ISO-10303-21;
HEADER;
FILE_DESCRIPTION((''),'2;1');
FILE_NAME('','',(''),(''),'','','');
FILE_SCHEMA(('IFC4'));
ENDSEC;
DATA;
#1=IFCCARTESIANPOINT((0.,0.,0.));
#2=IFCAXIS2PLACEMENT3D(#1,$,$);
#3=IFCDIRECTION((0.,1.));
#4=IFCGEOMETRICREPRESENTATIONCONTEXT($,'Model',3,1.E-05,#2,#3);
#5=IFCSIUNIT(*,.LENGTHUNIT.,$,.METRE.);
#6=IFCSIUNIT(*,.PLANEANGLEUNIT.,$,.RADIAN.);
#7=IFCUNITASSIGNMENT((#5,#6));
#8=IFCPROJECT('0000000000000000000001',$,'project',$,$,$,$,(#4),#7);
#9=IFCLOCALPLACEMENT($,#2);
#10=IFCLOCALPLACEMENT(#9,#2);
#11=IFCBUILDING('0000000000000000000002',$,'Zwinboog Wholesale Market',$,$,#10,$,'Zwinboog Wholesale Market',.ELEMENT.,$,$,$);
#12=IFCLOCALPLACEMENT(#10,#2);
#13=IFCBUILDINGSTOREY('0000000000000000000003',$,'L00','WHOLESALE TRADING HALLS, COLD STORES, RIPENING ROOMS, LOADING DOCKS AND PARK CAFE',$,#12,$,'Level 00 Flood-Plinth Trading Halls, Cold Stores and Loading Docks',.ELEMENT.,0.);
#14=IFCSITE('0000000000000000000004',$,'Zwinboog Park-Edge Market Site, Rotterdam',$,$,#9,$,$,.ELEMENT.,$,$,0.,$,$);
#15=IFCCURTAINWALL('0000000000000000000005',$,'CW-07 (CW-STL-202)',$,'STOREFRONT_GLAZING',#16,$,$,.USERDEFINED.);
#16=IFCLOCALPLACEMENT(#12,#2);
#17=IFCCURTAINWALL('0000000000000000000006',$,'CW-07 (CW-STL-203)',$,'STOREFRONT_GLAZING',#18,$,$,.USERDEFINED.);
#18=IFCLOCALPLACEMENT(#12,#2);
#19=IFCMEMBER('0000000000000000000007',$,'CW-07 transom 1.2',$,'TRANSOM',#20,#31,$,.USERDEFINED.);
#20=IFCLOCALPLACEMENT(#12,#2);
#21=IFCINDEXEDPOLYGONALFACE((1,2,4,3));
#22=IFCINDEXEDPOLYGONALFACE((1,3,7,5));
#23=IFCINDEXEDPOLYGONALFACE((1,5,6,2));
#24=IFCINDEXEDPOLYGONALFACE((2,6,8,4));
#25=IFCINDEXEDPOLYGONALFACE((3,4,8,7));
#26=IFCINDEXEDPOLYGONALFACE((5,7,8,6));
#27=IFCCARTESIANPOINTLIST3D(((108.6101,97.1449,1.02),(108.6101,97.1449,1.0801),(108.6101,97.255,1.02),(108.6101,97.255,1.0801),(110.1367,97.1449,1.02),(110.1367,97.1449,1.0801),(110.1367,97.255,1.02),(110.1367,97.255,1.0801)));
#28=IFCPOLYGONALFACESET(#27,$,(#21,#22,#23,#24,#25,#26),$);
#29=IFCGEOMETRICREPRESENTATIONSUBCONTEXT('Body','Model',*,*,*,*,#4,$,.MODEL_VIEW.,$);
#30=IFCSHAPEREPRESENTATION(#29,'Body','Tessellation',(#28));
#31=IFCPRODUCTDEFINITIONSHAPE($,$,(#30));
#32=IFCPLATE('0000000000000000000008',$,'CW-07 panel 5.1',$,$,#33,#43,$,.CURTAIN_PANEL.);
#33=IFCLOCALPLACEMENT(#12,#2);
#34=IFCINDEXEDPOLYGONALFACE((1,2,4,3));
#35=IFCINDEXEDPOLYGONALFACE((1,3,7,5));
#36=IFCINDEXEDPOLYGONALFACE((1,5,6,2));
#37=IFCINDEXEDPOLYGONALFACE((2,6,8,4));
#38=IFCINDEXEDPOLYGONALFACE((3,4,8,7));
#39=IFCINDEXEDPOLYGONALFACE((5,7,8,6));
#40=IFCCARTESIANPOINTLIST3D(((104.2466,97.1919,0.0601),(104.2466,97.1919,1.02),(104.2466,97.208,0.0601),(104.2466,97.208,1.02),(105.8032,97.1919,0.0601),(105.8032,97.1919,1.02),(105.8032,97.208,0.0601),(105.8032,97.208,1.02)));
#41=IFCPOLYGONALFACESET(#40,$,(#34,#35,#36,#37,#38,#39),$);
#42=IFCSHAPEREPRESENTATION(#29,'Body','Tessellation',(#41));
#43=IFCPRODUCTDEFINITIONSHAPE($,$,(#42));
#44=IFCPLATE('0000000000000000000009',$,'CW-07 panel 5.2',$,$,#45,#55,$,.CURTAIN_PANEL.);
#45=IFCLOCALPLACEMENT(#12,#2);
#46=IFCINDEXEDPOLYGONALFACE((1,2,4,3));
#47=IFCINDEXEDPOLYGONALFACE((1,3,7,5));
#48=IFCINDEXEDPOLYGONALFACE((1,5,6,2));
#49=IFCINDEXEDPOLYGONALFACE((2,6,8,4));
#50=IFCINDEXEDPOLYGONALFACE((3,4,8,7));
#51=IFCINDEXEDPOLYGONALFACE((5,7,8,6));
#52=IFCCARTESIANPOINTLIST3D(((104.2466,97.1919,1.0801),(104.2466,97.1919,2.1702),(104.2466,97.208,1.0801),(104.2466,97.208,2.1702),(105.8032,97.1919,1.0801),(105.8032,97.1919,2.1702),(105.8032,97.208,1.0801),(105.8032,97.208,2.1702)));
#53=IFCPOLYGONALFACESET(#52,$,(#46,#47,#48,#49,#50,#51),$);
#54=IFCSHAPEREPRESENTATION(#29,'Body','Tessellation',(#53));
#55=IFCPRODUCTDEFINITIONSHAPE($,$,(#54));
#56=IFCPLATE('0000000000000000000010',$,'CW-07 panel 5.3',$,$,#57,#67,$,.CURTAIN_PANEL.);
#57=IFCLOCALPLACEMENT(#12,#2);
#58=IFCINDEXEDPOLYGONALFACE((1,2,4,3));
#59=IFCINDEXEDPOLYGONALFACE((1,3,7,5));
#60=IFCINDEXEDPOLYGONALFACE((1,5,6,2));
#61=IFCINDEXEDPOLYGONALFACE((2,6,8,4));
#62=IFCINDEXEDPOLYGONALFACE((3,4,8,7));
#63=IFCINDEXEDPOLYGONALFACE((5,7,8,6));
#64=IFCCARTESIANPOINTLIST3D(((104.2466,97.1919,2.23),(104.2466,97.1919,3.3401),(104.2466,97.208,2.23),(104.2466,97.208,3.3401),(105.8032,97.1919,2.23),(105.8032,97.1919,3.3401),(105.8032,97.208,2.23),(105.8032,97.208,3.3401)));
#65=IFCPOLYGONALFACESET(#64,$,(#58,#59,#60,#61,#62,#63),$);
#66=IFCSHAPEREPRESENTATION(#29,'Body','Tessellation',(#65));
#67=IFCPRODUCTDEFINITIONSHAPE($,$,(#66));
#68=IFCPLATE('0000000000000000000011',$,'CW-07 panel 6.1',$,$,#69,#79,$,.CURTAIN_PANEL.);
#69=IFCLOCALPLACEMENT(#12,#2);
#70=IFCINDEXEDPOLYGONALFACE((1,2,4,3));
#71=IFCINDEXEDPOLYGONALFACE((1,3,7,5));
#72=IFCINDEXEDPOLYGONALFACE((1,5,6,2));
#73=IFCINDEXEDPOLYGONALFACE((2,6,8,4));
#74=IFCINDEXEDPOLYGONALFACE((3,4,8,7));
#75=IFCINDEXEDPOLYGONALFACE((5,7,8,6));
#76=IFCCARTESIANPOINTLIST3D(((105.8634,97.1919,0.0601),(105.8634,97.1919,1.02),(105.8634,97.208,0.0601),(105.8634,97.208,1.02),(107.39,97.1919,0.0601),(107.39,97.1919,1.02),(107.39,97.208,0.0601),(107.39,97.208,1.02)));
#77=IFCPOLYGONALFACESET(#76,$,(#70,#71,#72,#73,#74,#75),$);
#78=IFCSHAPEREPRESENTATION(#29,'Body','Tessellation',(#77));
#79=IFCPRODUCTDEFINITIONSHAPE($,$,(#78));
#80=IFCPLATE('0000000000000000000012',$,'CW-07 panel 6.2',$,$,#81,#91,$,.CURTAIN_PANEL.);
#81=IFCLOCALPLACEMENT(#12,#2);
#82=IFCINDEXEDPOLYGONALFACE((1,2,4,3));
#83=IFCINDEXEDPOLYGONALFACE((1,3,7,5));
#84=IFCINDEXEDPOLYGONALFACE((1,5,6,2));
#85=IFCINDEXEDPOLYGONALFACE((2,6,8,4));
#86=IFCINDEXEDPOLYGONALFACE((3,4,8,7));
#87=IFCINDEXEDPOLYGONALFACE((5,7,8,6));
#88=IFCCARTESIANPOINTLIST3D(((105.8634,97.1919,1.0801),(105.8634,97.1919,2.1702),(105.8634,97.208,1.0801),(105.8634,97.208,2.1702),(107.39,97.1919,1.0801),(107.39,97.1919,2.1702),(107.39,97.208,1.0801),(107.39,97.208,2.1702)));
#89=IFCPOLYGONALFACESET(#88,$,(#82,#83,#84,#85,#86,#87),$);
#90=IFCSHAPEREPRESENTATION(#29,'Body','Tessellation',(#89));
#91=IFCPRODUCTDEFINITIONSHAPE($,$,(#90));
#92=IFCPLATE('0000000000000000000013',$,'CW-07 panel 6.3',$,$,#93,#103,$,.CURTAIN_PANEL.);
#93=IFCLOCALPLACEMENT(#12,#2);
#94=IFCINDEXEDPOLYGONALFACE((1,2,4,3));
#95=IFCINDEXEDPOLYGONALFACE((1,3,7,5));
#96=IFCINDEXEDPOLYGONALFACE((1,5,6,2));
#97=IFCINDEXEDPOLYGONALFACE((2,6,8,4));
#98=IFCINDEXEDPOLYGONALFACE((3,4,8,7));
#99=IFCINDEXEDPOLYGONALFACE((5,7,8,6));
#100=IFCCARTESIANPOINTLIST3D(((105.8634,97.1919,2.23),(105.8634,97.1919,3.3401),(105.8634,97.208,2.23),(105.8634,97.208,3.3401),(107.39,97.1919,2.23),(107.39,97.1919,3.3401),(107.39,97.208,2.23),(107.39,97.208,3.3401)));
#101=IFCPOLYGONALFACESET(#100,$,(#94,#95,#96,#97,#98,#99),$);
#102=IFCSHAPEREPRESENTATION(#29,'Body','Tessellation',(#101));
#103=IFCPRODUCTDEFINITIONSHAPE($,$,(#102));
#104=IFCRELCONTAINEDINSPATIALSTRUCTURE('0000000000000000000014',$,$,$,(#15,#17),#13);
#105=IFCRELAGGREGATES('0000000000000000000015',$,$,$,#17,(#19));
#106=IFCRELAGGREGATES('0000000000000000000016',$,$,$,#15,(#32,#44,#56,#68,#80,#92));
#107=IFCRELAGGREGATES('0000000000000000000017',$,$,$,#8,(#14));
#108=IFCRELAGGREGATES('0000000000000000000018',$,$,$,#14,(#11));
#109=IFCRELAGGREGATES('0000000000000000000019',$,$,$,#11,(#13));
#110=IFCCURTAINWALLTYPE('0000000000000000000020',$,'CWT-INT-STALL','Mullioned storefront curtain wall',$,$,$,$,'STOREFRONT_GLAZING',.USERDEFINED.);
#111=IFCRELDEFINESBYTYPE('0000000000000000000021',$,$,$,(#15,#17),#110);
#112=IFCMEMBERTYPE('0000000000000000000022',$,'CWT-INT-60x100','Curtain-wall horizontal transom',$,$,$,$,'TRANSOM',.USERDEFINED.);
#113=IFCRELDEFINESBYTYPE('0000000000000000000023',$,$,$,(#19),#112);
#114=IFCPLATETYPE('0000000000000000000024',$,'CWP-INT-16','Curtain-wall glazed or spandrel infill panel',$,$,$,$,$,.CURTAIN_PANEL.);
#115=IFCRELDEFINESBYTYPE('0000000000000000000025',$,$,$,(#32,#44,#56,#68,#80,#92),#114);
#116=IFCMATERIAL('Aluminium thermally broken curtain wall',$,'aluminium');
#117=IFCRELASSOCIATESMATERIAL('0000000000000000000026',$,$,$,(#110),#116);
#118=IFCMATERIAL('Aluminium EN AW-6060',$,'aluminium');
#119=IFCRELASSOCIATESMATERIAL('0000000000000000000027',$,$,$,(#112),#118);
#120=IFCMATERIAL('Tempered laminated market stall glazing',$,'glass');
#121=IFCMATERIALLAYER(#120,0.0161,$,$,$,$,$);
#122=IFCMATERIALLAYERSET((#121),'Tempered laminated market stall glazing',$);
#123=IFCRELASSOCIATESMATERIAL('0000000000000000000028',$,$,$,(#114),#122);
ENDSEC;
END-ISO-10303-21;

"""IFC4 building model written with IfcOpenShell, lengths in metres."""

from ifc_helpers import new_model, si_unit, direction, frame, origin, origin_2d, place, context, subcontext, project, spatial, rectangle, extrude, material, layer, layer_set, material_profile, profile_set, type_object, element, aggregate, save


model = new_model("IFC4")

# Units and contexts
model_context = context("Model", 3, precision=1e-05, world=origin(), true_north=direction((0.0, 1.0)))
body_context = subcontext(model_context, "Body", "Model", "MODEL_VIEW")
ifc_project = project(units=[si_unit("LENGTHUNIT", "METRE"), si_unit("PLANEANGLEUNIT", "RADIAN")], contexts=[model_context])

# Site, building, storey
site_placement = place(None, origin())
site = spatial("IfcSite", under=ifc_project, at=site_placement, Name="Zwinboog Park-Edge Market Site, Rotterdam", CompositionType="ELEMENT", RefElevation=0.0)
building_placement = place(site_placement, origin())
building = spatial("IfcBuilding", under=site, at=building_placement, Name="Zwinboog Wholesale Market", LongName="Zwinboog Wholesale Market", CompositionType="ELEMENT")
storey_placement = place(building_placement, origin())
storey = spatial("IfcBuildingStorey", under=building, at=storey_placement, Name="L00", Description="WHOLESALE TRADING HALLS, COLD STORES, RIPENING ROOMS, LOADING DOCKS AND PARK CAFE", LongName="Level 00 Flood-Plinth Trading Halls, Cold Stores and Loading Docks", CompositionType="ELEMENT", Elevation=0.0)

# Curtain wall
ifc_material_1 = material(Name="Aluminium thermally broken curtain wall", Category="aluminium")
curtain_wall_type = type_object("IfcCurtainWallType", Name="CWT-INT-STALL", Description="Mullioned storefront curtain wall", ElementType="STOREFRONT_GLAZING", PredefinedType="USERDEFINED", material=ifc_material_1)
curtain_wall_1_placement = place(storey_placement, origin())
curtain_wall_1 = element("IfcCurtainWall", 1, at=curtain_wall_1_placement, inside=storey, type_object=curtain_wall_type, Name="CW-07 (CW-STL-202)", ObjectType="STOREFRONT_GLAZING", PredefinedType="USERDEFINED")
ifc_material_2 = material(Name="Aluminium EN AW-6060", Category="aluminium")

# Curtain wall
curtain_wall_2_placement = place(storey_placement, origin())
curtain_wall_2 = element("IfcCurtainWall", 2, at=curtain_wall_2_placement, inside=storey, type_object=curtain_wall_type, Name="CW-07 (CW-STL-203)", ObjectType="STOREFRONT_GLAZING", PredefinedType="USERDEFINED")

# Member
ifc_material_profile_1 = material_profile(ifc_material_2, rectangle(XDim=0.1101, YDim=0.0601, at=origin_2d()), Name="AL 60x110")
ifc_profile_set_1 = profile_set([ifc_material_profile_1], Name="Aluminium EN AW-6060")
member_type_1 = type_object("IfcMemberType", Name="CWT-INT-60x100", Description="Curtain-wall horizontal transom", ElementType="TRANSOM", PredefinedType="USERDEFINED", material=ifc_profile_set_1)
member_1_placement = place(storey_placement, frame((108.6101, 97.2, 1.05), z_axis=(1.0, 0.0, 0.0), x_axis=(0.0, 1.0, 0.0)))
member_1 = element("IfcMember", 3, at=member_1_placement, type_object=member_type_1, Name="CW-07 transom 1.2", ObjectType="TRANSOM", PredefinedType="USERDEFINED", context=body_context, shape_type="SweptSolid", body=[
    extrude(rectangle(XDim=0.1101, YDim=0.0601, at=origin_2d()), origin(), (0.0, 0.0, 1.0), 1.5266),
])
aggregate(curtain_wall_2, [member_1])

# Plates
ifc_material_3 = material(Name="Tempered laminated market stall glazing", Category="glass")
ifc_layer = layer(ifc_material_3, 0.0161)
ifc_layer_set = layer_set([ifc_layer], Name="Tempered laminated market stall glazing")
plate_type = type_object("IfcPlateType", Name="CWP-INT-16", Description="Curtain-wall glazed or spandrel infill panel", PredefinedType="CURTAIN_PANEL", material=ifc_layer_set)
plate_1_placement = place(storey_placement, frame((105.0249, 97.2, 0.0601), z_axis=(0.0, 0.0, 1.0), x_axis=(1.0, 0.0, 0.0)))
plate_1 = element("IfcPlate", 4, at=plate_1_placement, type_object=plate_type, Name="CW-07 panel 5.1", PredefinedType="CURTAIN_PANEL", context=body_context, shape_type="SweptSolid", body=[
    extrude(rectangle(XDim=1.5566, YDim=0.0161, at=origin_2d()), origin(), (0.0, 0.0, 1.0), 0.96),
])
plate_2_placement = place(storey_placement, frame((105.0249, 97.2, 1.0801), z_axis=(0.0, 0.0, 1.0), x_axis=(1.0, 0.0, 0.0)))
plate_2 = element("IfcPlate", 5, at=plate_2_placement, type_object=plate_type, Name="CW-07 panel 5.2", PredefinedType="CURTAIN_PANEL", context=body_context, shape_type="SweptSolid", body=[
    extrude(rectangle(XDim=1.5566, YDim=0.0161, at=origin_2d()), origin(), (0.0, 0.0, 1.0), 1.0901),
])
plate_3_placement = place(storey_placement, frame((105.0249, 97.2, 2.23), z_axis=(0.0, 0.0, 1.0), x_axis=(1.0, 0.0, 0.0)))
plate_3 = element("IfcPlate", 6, at=plate_3_placement, type_object=plate_type, Name="CW-07 panel 5.3", PredefinedType="CURTAIN_PANEL", context=body_context, shape_type="SweptSolid", body=[
    extrude(rectangle(XDim=1.5566, YDim=0.0161, at=origin_2d()), origin(), (0.0, 0.0, 1.0), 1.1101),
])
plate_4_placement = place(storey_placement, frame((106.6267, 97.2, 0.0601), z_axis=(0.0, 0.0, 1.0), x_axis=(1.0, 0.0, 0.0)))
plate_4 = element("IfcPlate", 7, at=plate_4_placement, type_object=plate_type, Name="CW-07 panel 6.1", PredefinedType="CURTAIN_PANEL", context=body_context, shape_type="SweptSolid", body=[
    extrude(rectangle(XDim=1.5266, YDim=0.0161, at=origin_2d()), origin(), (0.0, 0.0, 1.0), 0.96),
])
plate_5_placement = place(storey_placement, frame((106.6267, 97.2, 1.0801), z_axis=(0.0, 0.0, 1.0), x_axis=(1.0, 0.0, 0.0)))
plate_5 = element("IfcPlate", 8, at=plate_5_placement, type_object=plate_type, Name="CW-07 panel 6.2", PredefinedType="CURTAIN_PANEL", context=body_context, shape_type="SweptSolid", body=[
    extrude(rectangle(XDim=1.5266, YDim=0.0161, at=origin_2d()), origin(), (0.0, 0.0, 1.0), 1.0901),
])
plate_6_placement = place(storey_placement, frame((106.6267, 97.2, 2.23), z_axis=(0.0, 0.0, 1.0), x_axis=(1.0, 0.0, 0.0)))
plate_6 = element("IfcPlate", 9, at=plate_6_placement, type_object=plate_type, Name="CW-07 panel 6.3", PredefinedType="CURTAIN_PANEL", context=body_context, shape_type="SweptSolid", body=[
    extrude(rectangle(XDim=1.5266, YDim=0.0161, at=origin_2d()), origin(), (0.0, 0.0, 1.0), 1.1101),
])
aggregate(curtain_wall_1, [plate_1, plate_2, plate_3, plate_4, plate_5, plate_6])

save(model, "model.ifc")
